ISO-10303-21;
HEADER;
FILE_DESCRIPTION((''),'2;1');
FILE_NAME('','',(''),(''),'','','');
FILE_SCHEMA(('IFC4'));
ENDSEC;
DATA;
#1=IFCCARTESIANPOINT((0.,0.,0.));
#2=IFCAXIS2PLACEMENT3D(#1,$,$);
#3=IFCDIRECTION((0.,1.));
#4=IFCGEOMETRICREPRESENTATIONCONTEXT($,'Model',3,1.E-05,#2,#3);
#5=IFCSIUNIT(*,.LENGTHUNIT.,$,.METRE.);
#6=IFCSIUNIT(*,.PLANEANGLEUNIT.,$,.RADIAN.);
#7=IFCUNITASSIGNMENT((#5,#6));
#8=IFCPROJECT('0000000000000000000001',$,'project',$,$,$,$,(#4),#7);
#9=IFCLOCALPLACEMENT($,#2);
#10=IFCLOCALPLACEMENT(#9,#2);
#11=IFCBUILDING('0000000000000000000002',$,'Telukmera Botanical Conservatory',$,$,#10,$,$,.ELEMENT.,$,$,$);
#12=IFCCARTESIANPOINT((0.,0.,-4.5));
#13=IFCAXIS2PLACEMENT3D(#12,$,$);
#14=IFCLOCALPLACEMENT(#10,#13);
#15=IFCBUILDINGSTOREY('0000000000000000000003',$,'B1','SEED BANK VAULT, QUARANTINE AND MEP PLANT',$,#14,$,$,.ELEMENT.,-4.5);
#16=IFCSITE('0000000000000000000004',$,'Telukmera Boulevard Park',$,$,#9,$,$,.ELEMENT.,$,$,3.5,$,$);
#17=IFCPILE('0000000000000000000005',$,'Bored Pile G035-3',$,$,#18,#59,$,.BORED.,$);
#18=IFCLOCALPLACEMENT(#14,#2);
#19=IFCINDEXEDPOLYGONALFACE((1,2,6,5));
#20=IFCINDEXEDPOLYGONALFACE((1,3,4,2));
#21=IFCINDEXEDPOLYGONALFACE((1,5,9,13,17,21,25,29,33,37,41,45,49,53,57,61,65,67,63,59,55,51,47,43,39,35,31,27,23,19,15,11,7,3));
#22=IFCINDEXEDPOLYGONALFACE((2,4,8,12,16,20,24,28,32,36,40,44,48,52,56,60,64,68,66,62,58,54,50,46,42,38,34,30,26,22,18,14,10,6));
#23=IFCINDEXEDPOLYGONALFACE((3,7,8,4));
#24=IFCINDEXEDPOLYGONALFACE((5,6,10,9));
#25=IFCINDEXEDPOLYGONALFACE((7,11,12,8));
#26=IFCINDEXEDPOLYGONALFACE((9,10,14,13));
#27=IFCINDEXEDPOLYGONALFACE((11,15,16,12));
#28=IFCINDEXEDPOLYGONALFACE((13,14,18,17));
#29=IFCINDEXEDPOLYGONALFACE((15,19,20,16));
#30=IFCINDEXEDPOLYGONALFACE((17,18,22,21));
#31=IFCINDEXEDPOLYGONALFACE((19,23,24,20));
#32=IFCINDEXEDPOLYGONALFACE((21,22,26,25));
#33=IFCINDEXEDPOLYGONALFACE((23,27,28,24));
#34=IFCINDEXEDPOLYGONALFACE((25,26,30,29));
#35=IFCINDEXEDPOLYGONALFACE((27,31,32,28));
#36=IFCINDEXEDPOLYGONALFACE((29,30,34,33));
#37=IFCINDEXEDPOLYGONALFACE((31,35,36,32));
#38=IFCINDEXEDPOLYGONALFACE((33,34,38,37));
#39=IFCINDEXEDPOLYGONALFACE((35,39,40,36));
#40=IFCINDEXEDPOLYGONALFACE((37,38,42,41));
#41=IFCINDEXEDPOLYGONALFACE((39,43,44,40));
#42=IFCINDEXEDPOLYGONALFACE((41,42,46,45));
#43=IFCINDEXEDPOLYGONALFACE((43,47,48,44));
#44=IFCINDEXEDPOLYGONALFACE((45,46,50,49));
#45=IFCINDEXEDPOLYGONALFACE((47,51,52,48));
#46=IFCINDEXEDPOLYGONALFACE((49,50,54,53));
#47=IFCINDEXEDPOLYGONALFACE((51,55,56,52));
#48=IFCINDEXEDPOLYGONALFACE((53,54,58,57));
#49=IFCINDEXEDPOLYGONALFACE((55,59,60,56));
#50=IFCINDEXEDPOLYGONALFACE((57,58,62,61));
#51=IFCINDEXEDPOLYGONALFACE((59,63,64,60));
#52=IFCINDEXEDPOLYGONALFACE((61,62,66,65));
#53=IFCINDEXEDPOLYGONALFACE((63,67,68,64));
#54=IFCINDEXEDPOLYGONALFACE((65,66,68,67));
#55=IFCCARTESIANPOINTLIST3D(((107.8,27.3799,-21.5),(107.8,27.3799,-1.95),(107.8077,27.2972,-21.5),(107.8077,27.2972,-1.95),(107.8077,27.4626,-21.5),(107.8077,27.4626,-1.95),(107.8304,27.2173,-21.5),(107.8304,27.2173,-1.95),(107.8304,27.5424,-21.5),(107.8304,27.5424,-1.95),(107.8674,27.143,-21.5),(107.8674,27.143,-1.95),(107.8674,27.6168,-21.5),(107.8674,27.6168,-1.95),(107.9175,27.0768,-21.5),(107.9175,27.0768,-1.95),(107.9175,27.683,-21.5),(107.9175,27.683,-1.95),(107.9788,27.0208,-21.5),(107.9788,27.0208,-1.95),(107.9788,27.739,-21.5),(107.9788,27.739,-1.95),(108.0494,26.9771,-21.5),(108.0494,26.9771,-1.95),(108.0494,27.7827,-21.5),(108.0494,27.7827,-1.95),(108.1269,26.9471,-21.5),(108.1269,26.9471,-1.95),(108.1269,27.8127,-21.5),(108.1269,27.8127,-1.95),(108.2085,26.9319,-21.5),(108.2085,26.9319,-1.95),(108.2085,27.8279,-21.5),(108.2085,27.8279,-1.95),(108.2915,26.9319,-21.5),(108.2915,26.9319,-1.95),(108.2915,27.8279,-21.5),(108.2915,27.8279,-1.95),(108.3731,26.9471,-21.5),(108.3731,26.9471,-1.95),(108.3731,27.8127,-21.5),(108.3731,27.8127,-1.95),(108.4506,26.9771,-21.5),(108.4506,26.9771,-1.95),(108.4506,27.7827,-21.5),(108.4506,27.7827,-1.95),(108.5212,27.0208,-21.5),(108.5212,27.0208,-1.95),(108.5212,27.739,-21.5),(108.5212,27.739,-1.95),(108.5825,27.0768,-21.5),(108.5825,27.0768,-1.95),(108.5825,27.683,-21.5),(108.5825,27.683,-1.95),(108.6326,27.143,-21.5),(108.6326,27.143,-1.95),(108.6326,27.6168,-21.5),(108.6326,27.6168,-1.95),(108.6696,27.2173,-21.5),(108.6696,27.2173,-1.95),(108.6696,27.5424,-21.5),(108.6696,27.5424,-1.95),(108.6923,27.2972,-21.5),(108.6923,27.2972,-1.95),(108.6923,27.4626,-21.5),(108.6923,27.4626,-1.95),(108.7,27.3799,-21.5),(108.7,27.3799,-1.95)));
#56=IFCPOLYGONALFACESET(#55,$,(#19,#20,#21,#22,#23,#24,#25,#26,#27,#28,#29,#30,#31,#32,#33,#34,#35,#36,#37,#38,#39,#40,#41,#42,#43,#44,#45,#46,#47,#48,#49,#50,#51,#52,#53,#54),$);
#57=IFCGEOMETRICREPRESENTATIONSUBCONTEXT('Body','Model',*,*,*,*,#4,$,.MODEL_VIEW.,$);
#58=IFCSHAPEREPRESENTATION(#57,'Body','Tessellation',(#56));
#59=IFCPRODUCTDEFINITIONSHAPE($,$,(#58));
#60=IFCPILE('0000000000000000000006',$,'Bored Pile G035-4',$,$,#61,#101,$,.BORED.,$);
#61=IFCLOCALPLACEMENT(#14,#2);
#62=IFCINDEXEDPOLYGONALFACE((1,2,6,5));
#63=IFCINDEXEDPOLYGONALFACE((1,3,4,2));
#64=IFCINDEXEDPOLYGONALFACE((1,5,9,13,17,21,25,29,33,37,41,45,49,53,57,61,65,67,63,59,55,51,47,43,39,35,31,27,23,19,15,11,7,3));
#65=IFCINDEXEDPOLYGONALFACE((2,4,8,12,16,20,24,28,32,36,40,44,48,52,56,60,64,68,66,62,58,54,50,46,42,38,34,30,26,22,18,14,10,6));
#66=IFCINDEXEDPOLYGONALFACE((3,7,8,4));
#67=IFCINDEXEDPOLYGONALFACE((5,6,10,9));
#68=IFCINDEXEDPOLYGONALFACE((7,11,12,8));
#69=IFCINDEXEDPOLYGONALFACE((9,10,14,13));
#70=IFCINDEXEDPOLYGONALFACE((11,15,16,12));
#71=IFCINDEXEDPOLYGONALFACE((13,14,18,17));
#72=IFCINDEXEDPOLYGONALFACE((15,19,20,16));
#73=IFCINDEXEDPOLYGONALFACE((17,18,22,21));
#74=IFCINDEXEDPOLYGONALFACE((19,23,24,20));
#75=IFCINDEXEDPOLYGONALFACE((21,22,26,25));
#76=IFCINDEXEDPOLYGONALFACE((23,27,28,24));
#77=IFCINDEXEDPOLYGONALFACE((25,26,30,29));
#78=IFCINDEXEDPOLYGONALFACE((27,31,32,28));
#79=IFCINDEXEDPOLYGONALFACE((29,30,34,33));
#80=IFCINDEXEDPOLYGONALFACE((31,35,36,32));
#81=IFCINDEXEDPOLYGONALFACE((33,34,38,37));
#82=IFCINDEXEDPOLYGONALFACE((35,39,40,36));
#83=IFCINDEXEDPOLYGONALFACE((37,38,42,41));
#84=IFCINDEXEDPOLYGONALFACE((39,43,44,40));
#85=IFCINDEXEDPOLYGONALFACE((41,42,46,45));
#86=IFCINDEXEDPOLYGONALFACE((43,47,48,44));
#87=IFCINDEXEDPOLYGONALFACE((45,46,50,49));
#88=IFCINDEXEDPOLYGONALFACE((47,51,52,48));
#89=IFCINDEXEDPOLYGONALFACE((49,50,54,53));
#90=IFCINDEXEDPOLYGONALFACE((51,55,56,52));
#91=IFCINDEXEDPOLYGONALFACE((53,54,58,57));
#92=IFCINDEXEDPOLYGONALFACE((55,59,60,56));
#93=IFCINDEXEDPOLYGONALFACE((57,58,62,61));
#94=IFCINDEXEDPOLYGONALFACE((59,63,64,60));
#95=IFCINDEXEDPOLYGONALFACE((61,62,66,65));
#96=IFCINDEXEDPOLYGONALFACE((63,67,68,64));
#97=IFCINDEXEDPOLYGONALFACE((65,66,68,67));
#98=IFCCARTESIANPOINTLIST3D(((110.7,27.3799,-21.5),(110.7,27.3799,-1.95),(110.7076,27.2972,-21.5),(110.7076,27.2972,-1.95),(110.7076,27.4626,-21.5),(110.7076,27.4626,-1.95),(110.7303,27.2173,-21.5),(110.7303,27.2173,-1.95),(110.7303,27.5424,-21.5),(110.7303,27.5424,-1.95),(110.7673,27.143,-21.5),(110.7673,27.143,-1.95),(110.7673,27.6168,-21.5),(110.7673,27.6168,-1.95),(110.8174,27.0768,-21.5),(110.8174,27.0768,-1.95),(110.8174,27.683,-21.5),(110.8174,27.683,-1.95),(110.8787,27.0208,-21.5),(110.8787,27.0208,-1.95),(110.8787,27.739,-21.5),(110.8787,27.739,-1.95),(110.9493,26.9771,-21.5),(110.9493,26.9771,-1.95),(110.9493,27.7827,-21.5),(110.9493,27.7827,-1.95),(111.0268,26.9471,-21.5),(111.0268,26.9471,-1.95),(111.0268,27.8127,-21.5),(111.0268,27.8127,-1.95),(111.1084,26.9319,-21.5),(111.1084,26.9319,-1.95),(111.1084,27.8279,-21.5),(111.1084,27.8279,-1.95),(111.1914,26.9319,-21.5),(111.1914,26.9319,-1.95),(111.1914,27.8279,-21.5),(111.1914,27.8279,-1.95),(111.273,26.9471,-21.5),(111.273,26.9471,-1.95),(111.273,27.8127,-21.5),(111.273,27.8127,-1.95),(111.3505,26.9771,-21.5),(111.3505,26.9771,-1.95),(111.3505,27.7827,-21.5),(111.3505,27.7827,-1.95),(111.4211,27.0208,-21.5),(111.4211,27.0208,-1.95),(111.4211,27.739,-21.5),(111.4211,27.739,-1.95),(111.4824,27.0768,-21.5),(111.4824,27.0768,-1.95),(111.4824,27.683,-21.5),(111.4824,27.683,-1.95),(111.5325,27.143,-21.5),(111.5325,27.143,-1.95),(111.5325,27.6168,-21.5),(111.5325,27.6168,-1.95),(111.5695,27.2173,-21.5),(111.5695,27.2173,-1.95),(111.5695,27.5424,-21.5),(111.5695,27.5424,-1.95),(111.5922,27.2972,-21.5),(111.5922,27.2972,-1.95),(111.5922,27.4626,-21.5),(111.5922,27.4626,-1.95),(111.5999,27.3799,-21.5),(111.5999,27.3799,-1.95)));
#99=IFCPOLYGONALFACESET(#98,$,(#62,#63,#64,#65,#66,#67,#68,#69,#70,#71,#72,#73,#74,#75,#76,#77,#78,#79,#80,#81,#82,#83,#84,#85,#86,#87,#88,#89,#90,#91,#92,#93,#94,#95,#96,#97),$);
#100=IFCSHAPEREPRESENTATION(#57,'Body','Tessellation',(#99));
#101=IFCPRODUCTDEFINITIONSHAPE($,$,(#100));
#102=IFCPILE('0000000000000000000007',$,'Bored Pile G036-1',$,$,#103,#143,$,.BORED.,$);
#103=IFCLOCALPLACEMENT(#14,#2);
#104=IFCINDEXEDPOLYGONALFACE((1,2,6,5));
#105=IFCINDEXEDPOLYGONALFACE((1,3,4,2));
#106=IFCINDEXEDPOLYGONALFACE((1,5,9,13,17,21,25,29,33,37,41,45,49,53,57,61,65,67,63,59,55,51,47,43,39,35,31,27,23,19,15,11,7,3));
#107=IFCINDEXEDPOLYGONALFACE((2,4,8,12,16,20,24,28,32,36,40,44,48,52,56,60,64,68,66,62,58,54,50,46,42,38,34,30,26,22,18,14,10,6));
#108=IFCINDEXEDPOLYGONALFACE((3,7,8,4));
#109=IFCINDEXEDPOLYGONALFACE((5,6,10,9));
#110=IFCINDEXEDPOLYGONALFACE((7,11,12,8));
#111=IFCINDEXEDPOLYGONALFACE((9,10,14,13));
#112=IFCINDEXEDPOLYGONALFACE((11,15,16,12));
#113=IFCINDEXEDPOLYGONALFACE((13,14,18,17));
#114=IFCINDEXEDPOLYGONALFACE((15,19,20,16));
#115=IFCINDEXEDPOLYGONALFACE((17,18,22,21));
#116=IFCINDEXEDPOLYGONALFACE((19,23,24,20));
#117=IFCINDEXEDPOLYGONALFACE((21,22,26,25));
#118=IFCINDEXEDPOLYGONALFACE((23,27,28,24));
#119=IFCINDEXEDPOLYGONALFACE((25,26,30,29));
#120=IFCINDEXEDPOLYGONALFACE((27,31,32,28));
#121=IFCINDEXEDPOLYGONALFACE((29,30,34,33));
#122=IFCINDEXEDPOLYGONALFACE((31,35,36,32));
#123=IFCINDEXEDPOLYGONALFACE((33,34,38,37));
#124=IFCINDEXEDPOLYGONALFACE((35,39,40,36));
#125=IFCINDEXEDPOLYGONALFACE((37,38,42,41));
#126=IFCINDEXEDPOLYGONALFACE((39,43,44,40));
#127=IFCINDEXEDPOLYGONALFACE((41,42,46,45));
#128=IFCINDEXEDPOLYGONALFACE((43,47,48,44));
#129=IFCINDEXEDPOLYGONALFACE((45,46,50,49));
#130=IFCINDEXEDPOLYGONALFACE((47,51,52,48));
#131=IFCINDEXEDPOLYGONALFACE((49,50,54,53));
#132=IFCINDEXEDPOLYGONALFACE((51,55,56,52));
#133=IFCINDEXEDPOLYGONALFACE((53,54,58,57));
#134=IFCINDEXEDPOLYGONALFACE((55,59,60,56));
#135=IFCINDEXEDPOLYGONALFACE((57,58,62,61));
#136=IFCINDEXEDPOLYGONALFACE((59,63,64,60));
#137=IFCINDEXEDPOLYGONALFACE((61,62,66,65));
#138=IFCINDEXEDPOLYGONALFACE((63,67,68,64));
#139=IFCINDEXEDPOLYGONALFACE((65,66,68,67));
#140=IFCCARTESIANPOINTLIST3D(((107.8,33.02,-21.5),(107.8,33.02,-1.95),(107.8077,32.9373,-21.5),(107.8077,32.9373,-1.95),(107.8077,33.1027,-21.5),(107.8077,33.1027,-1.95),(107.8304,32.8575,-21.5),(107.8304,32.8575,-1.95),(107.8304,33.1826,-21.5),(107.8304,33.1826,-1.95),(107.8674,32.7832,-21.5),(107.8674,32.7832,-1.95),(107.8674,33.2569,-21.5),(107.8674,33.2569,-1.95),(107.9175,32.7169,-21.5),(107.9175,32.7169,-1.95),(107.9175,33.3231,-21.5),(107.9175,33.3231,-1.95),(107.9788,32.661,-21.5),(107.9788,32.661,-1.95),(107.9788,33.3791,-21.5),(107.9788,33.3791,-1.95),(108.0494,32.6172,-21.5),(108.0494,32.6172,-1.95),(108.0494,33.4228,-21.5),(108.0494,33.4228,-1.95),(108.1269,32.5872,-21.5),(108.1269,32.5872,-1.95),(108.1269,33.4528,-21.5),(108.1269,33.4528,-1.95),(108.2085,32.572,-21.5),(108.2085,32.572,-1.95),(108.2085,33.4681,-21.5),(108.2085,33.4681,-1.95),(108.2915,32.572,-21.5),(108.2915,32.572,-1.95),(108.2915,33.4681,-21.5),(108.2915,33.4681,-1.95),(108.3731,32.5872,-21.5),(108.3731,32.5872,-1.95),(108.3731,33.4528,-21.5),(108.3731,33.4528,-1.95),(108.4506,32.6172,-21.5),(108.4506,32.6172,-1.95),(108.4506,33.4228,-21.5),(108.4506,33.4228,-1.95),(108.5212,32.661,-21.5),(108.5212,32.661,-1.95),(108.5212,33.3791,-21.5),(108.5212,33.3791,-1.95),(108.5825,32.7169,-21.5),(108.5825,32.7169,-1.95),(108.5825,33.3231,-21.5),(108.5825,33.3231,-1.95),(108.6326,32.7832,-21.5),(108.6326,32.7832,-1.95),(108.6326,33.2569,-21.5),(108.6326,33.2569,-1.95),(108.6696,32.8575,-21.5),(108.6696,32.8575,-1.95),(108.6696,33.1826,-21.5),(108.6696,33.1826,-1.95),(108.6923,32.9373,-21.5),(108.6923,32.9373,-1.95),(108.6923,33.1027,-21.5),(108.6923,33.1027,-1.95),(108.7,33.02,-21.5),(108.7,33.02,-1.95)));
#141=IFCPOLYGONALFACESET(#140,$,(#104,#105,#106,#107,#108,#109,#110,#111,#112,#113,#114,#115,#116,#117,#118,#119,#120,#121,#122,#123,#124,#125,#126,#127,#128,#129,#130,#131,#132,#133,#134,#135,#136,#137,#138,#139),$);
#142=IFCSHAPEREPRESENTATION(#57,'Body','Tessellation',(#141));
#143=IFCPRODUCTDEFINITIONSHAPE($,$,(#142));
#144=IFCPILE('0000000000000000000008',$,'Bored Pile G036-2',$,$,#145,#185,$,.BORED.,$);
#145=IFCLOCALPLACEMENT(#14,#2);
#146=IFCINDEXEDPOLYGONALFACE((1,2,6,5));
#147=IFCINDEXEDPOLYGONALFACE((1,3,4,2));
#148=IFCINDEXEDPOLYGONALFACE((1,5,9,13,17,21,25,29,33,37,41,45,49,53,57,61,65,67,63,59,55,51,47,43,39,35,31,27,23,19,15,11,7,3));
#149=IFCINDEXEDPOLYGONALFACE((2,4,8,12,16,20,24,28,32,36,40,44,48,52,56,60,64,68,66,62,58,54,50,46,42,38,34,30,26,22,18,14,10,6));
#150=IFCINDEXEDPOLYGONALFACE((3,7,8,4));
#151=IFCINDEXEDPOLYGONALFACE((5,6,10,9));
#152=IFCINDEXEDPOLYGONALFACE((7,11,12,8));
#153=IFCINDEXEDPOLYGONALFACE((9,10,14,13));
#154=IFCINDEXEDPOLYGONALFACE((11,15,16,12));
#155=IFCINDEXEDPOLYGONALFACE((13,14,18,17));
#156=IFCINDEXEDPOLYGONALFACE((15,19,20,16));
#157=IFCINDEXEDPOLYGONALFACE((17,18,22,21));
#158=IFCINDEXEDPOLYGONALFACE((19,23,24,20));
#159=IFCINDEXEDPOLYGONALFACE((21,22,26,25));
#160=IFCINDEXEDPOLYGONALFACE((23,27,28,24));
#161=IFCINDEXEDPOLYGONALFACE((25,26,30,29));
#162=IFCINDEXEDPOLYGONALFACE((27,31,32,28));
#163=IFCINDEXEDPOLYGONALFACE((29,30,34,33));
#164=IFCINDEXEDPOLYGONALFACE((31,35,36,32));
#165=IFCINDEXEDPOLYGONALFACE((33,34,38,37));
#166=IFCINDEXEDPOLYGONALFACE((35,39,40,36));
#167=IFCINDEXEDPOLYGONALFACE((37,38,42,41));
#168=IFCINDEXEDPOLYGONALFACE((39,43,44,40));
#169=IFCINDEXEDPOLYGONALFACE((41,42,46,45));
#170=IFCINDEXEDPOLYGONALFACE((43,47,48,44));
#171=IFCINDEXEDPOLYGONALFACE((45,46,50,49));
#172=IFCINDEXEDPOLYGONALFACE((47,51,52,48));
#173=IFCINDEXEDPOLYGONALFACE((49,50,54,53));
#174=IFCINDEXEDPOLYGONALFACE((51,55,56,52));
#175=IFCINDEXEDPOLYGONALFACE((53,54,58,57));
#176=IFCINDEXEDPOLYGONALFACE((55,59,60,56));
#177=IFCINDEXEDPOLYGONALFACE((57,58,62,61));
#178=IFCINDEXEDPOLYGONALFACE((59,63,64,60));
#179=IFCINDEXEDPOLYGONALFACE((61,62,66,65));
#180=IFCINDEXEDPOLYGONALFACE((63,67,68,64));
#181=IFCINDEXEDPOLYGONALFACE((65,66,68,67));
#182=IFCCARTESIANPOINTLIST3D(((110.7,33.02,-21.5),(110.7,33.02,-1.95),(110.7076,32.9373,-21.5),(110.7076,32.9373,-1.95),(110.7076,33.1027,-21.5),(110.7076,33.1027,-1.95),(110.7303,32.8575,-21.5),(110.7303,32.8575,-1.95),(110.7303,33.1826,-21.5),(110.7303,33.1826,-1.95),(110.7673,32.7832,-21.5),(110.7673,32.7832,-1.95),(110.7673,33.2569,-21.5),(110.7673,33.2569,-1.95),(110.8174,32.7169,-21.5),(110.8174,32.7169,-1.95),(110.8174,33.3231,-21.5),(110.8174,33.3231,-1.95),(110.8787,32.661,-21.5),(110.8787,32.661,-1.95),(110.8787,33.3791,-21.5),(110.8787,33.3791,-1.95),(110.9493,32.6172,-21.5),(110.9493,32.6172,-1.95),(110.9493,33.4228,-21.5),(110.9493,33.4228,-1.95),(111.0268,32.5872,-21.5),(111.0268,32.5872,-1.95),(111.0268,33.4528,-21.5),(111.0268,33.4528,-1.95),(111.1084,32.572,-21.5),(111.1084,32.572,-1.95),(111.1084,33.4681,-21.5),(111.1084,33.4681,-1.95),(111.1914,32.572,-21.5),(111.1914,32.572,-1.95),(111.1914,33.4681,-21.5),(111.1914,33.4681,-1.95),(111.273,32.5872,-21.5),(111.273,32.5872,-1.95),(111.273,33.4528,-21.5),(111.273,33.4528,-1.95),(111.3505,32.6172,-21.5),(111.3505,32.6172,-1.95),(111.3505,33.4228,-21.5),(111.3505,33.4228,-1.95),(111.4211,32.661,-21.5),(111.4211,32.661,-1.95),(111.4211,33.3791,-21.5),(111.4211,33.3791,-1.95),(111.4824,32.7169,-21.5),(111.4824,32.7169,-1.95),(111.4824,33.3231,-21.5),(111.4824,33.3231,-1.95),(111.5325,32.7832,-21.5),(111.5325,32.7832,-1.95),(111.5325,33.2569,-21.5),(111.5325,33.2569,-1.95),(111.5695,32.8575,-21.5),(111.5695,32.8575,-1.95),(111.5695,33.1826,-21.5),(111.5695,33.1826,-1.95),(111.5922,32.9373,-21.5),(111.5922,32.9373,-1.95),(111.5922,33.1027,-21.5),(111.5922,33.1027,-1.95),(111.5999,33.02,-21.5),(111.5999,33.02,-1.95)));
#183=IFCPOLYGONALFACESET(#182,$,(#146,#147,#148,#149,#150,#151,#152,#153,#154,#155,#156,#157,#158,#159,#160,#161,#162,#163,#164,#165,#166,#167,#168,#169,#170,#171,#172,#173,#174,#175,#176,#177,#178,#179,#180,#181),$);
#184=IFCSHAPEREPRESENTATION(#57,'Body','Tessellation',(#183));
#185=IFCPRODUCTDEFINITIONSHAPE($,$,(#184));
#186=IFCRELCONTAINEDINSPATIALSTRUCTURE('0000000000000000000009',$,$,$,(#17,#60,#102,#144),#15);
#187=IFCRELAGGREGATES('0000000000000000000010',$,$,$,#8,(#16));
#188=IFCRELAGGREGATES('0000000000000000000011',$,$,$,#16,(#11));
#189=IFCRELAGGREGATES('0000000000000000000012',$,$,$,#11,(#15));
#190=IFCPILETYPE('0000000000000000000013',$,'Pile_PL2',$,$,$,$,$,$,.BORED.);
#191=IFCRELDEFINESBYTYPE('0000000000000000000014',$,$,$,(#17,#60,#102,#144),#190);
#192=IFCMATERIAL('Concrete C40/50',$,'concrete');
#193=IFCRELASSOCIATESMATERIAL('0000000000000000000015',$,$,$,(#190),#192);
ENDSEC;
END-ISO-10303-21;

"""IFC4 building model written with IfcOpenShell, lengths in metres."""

from ifc_helpers import new_model, si_unit, direction, frame, origin, origin_2d, place, context, subcontext, project, spatial, circle, extrude, material, material_profile, profile_set, type_object, element, save


model = new_model("IFC4")

# Units and contexts
model_context = context("Model", 3, precision=1e-05, world=origin(), true_north=direction((0.0, 1.0)))
body_context = subcontext(model_context, "Body", "Model", "MODEL_VIEW")
ifc_project = project(units=[si_unit("LENGTHUNIT", "METRE"), si_unit("PLANEANGLEUNIT", "RADIAN")], contexts=[model_context])

# Site, building, storey
site_placement = place(None, origin())
site = spatial("IfcSite", under=ifc_project, at=site_placement, Name="Telukmera Boulevard Park", CompositionType="ELEMENT", RefElevation=3.5)
building_placement = place(site_placement, origin())
building = spatial("IfcBuilding", under=site, at=building_placement, Name="Telukmera Botanical Conservatory", CompositionType="ELEMENT")
storey_placement = place(building_placement, frame((0.0, 0.0, -4.5)))
storey = spatial("IfcBuildingStorey", under=building, at=storey_placement, Name="B1", Description="SEED BANK VAULT, QUARANTINE AND MEP PLANT", CompositionType="ELEMENT", Elevation=-4.5)

# Shared definitions
ifc_material_1 = material(Name="Concrete C40/50", Category="concrete")

# Piles
ifc_material_profile_1 = material_profile(ifc_material_1, circle(Radius=0.45, at=origin_2d()), Name="PILE D900")
ifc_profile_set_1 = profile_set([ifc_material_profile_1], Name="Concrete C40/50")
pile_type_1 = type_object("IfcPileType", Name="Pile_PL2", PredefinedType="BORED", material=ifc_profile_set_1)
for number, where, z_axis, x_axis, name in (
    (1, (108.25, 27.3799, -1.95), (0.0, 0.0, -1.0), (1.0, 0.0, 0.0), "Bored Pile G035-3"),
    (2, (111.1499, 27.3799, -1.95), (0.0, 0.0, -1.0), (1.0, 0.0, 0.0), "Bored Pile G035-4"),
    (3, (108.25, 33.02, -1.95), (0.0, 0.0, -1.0), (1.0, 0.0, 0.0), "Bored Pile G036-1"),
    (4, (111.1499, 33.02, -1.95), (0.0, 0.0, -1.0), (1.0, 0.0, 0.0), "Bored Pile G036-2"),
):
    element("IfcPile", number, at=place(storey_placement, frame(where, z_axis=z_axis, x_axis=x_axis)), inside=storey, type_object=pile_type_1, Name=name, PredefinedType="BORED", context=body_context, shape_type="SweptSolid", body=[
        extrude(circle(Radius=0.45, at=origin_2d()), origin(), (0.0, 0.0, 1.0), 19.55),
    ])

save(model, "model.ifc")
